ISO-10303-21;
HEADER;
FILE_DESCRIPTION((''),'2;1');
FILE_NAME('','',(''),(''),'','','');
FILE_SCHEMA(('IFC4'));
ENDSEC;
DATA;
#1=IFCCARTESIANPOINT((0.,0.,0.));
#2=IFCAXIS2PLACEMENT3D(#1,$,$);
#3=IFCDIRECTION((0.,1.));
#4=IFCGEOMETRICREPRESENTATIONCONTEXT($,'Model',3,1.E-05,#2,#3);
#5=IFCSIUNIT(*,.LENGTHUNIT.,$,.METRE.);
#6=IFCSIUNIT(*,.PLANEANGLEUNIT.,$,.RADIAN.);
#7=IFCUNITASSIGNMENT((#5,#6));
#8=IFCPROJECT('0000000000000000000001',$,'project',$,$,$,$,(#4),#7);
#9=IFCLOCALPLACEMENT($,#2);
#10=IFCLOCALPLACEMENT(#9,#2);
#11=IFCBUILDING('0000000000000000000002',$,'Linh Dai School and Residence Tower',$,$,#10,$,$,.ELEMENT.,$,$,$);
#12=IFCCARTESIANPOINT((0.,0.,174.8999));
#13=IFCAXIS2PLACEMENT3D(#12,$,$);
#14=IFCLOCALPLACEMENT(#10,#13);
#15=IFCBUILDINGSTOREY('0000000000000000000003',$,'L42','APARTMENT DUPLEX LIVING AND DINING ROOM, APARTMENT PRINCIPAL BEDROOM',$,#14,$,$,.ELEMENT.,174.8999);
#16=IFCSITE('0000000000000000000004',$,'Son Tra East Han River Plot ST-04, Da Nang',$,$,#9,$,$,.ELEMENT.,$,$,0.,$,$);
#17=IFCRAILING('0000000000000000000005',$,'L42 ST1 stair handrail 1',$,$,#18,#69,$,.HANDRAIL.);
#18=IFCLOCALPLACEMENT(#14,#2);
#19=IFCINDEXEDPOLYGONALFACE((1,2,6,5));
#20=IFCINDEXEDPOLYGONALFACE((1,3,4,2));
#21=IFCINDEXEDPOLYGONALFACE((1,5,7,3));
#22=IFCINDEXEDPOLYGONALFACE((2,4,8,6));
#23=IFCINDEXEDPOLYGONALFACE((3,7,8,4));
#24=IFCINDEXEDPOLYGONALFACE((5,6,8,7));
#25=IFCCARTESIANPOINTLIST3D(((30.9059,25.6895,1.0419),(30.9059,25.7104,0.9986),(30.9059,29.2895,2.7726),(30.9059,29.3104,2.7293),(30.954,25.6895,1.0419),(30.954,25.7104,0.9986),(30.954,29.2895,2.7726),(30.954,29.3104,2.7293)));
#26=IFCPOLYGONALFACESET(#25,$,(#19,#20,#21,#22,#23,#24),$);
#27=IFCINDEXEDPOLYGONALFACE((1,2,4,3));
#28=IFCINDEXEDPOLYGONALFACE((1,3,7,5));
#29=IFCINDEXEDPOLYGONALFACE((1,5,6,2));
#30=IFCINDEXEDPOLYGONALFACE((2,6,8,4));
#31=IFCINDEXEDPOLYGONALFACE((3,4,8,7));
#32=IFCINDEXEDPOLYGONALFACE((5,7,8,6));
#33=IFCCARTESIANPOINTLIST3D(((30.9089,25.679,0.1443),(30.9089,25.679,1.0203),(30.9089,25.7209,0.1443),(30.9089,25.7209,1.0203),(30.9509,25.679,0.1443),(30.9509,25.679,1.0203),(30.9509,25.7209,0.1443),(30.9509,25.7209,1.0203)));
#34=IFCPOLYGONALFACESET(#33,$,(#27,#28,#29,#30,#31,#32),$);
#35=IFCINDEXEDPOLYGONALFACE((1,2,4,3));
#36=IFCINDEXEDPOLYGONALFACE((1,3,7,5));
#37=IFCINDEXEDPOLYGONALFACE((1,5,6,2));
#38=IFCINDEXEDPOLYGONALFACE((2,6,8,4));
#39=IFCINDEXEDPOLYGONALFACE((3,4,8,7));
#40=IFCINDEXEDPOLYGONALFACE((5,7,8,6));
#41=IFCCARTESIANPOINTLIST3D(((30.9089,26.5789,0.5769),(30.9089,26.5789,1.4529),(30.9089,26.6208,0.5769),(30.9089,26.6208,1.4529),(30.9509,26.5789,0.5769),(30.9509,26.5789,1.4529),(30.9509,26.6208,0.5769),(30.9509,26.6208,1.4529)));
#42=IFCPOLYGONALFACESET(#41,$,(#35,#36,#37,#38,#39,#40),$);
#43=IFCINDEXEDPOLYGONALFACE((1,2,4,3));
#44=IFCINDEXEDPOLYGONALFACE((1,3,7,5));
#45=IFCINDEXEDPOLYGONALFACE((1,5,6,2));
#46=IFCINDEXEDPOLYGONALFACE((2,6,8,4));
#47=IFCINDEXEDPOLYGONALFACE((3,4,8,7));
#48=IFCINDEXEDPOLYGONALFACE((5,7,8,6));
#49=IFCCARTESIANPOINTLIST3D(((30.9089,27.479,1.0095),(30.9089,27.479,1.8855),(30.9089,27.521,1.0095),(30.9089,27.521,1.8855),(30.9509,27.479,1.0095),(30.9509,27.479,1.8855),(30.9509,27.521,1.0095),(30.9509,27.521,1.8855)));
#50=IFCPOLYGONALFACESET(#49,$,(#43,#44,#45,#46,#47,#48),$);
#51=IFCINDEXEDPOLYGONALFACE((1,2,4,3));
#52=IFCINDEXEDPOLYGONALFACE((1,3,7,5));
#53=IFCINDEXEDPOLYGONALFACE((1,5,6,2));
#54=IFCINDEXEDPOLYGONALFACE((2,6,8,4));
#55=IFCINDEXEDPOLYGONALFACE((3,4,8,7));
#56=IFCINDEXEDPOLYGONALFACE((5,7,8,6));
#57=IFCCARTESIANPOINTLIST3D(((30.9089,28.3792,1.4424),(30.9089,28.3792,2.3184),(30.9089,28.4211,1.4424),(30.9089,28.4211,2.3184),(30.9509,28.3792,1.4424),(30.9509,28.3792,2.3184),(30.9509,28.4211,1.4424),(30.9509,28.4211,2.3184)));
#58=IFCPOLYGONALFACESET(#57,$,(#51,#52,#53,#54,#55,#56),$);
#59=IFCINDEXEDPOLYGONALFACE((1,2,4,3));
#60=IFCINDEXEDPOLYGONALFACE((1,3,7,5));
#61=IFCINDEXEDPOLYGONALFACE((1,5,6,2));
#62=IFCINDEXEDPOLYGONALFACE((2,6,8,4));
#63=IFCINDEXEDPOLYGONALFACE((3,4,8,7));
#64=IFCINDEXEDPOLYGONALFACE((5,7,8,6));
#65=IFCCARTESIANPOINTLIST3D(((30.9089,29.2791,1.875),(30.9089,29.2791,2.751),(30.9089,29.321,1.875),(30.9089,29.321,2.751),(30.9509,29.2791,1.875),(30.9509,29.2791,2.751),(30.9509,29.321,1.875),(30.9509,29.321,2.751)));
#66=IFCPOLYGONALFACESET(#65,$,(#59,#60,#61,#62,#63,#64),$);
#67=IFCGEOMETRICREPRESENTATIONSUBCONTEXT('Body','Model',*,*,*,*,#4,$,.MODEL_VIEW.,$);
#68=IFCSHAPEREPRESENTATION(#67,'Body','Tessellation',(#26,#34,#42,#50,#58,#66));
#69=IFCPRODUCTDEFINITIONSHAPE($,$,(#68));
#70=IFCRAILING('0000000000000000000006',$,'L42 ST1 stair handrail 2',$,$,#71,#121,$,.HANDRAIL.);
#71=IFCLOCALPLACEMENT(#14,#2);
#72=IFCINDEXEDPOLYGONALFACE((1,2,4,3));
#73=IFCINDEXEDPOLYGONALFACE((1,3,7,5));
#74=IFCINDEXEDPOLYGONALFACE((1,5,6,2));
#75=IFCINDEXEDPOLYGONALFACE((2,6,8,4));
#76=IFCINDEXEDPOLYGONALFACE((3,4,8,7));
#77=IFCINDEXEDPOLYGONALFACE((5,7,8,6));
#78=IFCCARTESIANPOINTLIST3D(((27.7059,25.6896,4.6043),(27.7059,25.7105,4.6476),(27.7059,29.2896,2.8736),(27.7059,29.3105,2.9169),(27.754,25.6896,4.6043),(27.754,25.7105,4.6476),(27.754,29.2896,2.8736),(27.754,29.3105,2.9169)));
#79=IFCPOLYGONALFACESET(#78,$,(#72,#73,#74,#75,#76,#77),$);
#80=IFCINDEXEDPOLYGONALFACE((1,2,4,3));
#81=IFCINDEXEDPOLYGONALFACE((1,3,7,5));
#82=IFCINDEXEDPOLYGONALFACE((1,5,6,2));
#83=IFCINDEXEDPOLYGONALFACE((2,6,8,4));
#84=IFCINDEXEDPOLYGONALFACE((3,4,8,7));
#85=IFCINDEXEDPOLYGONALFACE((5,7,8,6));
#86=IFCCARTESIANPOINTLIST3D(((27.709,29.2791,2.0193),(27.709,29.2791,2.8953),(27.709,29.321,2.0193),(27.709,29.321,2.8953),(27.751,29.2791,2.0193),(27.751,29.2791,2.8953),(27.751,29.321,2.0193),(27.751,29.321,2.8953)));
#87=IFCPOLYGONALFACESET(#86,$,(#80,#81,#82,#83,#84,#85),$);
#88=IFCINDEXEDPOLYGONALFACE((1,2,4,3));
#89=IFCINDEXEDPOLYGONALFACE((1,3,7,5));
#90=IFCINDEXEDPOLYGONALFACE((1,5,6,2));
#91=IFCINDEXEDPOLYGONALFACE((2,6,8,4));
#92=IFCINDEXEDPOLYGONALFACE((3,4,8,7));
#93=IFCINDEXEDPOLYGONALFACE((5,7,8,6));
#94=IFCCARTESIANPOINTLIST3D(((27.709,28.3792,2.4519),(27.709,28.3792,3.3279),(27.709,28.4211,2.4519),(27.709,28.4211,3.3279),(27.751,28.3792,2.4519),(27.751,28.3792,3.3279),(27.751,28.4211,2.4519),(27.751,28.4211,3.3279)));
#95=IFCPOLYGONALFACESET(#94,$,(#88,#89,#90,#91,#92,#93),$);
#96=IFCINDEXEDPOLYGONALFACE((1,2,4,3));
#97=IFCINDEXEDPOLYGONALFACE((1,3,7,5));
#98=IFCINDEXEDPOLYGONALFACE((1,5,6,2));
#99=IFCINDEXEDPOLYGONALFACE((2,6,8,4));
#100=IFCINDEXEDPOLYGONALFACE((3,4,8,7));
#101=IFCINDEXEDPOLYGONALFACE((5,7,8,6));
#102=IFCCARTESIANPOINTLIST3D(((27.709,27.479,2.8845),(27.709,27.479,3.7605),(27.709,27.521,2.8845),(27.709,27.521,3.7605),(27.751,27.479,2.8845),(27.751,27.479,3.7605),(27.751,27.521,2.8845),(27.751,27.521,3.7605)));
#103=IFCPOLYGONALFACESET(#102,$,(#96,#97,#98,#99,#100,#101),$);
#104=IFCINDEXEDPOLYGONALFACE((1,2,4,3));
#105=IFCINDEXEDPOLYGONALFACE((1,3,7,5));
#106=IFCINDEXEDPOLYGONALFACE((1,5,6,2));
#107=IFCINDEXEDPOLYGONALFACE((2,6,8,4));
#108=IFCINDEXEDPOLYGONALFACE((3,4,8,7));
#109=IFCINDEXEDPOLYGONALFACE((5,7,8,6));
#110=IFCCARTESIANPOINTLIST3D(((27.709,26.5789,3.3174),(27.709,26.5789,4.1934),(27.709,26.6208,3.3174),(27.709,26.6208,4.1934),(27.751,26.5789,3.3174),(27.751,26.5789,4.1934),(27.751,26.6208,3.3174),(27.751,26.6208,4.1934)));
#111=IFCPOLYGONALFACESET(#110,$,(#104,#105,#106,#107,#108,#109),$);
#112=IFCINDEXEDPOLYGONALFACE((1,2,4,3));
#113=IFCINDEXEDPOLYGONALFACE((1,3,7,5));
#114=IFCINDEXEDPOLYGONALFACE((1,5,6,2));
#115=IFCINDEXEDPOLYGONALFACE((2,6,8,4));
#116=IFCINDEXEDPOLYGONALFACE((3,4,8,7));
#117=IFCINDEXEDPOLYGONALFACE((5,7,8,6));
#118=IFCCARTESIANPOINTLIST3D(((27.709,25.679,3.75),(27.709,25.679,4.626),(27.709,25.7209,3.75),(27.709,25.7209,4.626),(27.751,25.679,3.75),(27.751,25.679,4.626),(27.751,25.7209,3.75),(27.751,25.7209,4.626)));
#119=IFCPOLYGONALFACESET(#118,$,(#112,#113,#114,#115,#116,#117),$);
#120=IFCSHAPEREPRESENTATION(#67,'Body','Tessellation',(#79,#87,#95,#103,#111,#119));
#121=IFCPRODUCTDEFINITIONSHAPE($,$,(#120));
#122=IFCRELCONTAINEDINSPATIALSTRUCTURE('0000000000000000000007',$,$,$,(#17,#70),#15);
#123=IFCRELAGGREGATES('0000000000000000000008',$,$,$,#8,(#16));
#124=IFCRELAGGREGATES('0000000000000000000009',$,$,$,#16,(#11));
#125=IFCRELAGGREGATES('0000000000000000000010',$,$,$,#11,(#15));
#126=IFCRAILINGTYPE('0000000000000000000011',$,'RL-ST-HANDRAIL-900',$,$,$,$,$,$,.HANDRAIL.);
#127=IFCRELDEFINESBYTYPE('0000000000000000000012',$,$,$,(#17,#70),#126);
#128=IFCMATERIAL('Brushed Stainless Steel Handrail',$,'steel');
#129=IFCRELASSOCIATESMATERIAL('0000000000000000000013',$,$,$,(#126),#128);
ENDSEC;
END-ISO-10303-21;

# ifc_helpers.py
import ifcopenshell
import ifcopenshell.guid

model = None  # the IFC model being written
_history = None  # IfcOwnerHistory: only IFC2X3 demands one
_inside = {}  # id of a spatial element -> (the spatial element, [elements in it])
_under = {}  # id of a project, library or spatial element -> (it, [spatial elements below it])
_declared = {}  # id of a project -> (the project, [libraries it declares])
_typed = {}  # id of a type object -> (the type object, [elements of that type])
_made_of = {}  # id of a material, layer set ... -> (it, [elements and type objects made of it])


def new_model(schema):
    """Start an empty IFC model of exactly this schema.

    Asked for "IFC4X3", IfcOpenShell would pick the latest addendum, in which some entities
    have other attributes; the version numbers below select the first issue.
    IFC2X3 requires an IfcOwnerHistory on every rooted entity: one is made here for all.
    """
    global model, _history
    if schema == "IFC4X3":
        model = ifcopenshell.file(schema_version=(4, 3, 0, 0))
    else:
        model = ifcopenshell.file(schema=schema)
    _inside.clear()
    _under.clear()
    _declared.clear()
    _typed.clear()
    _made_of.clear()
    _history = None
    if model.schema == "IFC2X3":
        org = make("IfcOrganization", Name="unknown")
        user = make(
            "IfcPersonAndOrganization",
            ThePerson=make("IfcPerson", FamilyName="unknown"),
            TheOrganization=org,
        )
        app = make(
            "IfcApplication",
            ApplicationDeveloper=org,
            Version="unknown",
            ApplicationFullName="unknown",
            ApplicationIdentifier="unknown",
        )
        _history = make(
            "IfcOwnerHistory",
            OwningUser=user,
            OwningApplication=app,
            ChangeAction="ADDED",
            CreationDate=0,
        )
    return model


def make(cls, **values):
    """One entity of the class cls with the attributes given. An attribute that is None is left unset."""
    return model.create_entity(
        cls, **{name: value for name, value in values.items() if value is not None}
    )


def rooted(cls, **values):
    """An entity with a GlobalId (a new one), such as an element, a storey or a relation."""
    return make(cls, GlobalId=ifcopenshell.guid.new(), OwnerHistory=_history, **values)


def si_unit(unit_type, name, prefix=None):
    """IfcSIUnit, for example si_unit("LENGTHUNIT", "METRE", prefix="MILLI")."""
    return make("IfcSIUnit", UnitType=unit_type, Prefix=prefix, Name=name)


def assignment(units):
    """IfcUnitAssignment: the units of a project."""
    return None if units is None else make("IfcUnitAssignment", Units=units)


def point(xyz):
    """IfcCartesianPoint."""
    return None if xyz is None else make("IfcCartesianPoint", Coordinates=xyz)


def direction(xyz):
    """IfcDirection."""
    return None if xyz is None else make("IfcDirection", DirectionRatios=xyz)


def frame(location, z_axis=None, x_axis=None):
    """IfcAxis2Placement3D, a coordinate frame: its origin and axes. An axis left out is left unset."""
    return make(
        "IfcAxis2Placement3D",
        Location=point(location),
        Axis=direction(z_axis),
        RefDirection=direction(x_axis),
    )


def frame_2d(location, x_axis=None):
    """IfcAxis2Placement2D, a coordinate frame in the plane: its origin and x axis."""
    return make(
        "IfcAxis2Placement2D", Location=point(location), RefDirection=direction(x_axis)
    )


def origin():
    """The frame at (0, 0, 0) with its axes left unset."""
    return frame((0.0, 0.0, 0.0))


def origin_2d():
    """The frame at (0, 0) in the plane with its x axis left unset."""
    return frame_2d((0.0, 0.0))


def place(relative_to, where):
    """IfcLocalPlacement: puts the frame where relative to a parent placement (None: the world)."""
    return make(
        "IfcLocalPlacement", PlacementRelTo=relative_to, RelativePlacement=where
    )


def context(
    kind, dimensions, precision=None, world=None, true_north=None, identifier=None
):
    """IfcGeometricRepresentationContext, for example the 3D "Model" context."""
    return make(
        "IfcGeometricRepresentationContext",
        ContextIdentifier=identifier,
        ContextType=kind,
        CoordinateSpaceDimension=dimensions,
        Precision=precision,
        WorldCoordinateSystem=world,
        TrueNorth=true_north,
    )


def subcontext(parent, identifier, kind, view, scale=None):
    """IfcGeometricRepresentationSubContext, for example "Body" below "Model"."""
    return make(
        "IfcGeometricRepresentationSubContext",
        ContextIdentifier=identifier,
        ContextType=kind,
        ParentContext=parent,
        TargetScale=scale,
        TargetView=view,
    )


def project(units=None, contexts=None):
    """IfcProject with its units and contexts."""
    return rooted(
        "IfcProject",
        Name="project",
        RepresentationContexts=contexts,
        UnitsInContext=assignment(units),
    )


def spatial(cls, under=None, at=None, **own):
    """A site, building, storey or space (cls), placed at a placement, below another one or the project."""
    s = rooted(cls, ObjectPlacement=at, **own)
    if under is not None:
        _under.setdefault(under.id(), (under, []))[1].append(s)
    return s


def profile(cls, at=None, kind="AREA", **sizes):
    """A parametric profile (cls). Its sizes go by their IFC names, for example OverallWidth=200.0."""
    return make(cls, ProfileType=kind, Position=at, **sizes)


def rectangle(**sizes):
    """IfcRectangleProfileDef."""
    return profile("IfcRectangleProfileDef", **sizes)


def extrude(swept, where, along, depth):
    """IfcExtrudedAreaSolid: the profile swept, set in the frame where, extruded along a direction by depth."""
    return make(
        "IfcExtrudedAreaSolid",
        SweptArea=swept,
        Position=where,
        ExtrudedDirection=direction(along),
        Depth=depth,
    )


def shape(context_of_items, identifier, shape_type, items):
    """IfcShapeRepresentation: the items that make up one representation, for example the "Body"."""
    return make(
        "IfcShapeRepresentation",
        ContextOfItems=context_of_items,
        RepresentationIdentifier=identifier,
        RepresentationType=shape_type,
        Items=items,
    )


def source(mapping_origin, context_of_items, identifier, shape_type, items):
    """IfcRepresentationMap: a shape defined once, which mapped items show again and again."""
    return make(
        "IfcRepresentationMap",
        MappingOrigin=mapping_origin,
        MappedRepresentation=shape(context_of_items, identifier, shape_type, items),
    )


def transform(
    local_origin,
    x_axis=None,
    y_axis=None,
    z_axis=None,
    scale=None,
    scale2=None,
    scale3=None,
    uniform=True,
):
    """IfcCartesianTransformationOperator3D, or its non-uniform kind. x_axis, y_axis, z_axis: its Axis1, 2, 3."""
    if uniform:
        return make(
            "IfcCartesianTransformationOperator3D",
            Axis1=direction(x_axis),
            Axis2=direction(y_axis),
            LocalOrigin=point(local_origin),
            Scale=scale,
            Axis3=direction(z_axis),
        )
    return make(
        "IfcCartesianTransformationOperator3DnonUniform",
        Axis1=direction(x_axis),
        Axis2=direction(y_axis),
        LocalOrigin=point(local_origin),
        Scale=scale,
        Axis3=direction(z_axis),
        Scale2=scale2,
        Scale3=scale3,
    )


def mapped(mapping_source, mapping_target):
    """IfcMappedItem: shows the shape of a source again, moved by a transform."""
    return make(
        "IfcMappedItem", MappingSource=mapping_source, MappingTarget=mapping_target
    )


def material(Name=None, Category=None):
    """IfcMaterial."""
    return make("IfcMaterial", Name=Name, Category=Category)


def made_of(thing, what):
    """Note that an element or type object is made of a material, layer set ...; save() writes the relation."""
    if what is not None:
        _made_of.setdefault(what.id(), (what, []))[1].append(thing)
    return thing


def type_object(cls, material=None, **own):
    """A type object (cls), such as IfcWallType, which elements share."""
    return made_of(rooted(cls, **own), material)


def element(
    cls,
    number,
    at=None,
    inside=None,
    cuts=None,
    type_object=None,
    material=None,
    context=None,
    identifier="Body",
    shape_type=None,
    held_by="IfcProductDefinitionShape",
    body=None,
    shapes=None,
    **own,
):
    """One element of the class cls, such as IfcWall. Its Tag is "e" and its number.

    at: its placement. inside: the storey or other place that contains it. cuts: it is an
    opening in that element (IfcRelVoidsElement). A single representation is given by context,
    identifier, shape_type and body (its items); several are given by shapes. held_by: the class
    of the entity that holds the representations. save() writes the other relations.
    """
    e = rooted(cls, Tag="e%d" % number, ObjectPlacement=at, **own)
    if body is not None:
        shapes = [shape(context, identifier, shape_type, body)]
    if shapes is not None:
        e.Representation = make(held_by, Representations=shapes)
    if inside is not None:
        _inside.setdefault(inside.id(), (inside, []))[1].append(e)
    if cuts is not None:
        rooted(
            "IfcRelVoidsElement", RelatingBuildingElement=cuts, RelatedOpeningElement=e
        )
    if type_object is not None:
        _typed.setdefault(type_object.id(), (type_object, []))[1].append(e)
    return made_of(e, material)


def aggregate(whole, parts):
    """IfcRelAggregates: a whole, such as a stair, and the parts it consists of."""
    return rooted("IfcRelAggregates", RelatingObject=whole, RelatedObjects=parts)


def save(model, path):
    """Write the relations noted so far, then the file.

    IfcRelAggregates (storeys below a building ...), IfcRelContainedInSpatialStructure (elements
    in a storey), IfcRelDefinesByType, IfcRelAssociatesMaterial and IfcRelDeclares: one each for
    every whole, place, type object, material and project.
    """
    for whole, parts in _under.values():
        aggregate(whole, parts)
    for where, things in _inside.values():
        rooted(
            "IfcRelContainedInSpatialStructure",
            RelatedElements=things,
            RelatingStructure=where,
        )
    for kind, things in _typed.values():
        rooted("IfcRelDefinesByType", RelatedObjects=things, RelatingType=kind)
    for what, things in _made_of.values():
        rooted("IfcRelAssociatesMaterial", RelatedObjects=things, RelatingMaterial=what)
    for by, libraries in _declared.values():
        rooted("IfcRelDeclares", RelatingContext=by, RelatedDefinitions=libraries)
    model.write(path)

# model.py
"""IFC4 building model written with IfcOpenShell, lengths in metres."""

from ifc_helpers import new_model, si_unit, direction, frame, origin, origin_2d, place, context, subcontext, project, spatial, rectangle, extrude, source, transform, mapped, material, type_object, element, save


model = new_model("IFC4")

# Units and contexts
model_context = context("Model", 3, precision=1e-05, world=origin(), true_north=direction((0.0, 1.0)))
body_context = subcontext(model_context, "Body", "Model", "MODEL_VIEW")
ifc_project = project(units=[si_unit("LENGTHUNIT", "METRE"), si_unit("PLANEANGLEUNIT", "RADIAN")], contexts=[model_context])

# Site, building, storey
site_placement = place(None, origin())
site = spatial("IfcSite", under=ifc_project, at=site_placement, Name="Son Tra East Han River Plot ST-04, Da Nang", CompositionType="ELEMENT", RefElevation=0.0)
building_placement = place(site_placement, origin())
building = spatial("IfcBuilding", under=site, at=building_placement, Name="Linh Dai School and Residence Tower", CompositionType="ELEMENT")
storey_placement = place(building_placement, frame((0.0, 0.0, 174.8999)))
storey = spatial("IfcBuildingStorey", under=building, at=storey_placement, Name="L42", Description="APARTMENT DUPLEX LIVING AND DINING ROOM, APARTMENT PRINCIPAL BEDROOM", CompositionType="ELEMENT", Elevation=174.8999)

# Railings
ifc_material_1 = material(Name="Brushed Stainless Steel Handrail", Category="steel")
railing_type_1 = type_object("IfcRailingType", Name="RL-ST-HANDRAIL-900", PredefinedType="HANDRAIL", material=ifc_material_1)
shared_shape_1 = source(origin(), body_context, "Body", "SweptSolid", [
    extrude(rectangle(XDim=0.0481, YDim=0.0481, at=origin_2d()), frame((0.0, 0.0, 0.876), z_axis=(0.0, 0.901263, 0.433273), x_axis=(-1.0, 0.0, 0.0)), (0.0, 0.0, 1.0), 3.9944),
    extrude(rectangle(XDim=0.042, YDim=0.042, at=origin_2d()), origin(), (0.0, 0.0, 1.0), 0.876),
    extrude(rectangle(XDim=0.042, YDim=0.042, at=origin_2d()), frame((0.0, 0.8999, 0.4326)), (0.0, 0.0, 1.0), 0.876),
    extrude(rectangle(XDim=0.042, YDim=0.042, at=origin_2d()), frame((0.0, 1.8, 0.8652)), (0.0, 0.0, 1.0), 0.876),
    extrude(rectangle(XDim=0.042, YDim=0.042, at=origin_2d()), frame((0.0, 2.7002, 1.2981)), (0.0, 0.0, 1.0), 0.876),
    extrude(rectangle(XDim=0.042, YDim=0.042, at=origin_2d()), frame((0.0, 3.6001, 1.7307)), (0.0, 0.0, 1.0), 0.876),
])
railing_1_placement = place(storey_placement, frame((30.9299, 25.7, 0.1443)))
element("IfcRailing", 1, at=railing_1_placement, inside=storey, type_object=railing_type_1, Name="L42 ST1 stair handrail 1", PredefinedType="HANDRAIL", context=body_context, shape_type="MappedRepresentation", body=[
    mapped(shared_shape_1, transform((0.0, 0.0, 0.0), x_axis=(1.0, 0.0, 0.0), y_axis=(0.0, 1.0, 0.0), z_axis=(0.0, 0.0, 1.0), scale=1.0)),
])
shared_shape_2 = source(origin(), body_context, "Body", "SweptSolid", [
    extrude(rectangle(XDim=0.0481, YDim=0.0481, at=origin_2d()), frame((0.0, 0.0, 0.876), z_axis=(0.0, -0.901263, 0.433273), x_axis=(1.0, 0.0, 0.0)), (0.0, 0.0, 1.0), 3.9944),
    extrude(rectangle(XDim=0.042, YDim=0.042, at=origin_2d()), origin(), (0.0, 0.0, 1.0), 0.876),
    extrude(rectangle(XDim=0.042, YDim=0.042, at=origin_2d()), frame((0.0, -0.8999, 0.4326)), (0.0, 0.0, 1.0), 0.876),
    extrude(rectangle(XDim=0.042, YDim=0.042, at=origin_2d()), frame((0.0, -1.8, 0.8652)), (0.0, 0.0, 1.0), 0.876),
    extrude(rectangle(XDim=0.042, YDim=0.042, at=origin_2d()), frame((0.0, -2.7002, 1.2981)), (0.0, 0.0, 1.0), 0.876),
    extrude(rectangle(XDim=0.042, YDim=0.042, at=origin_2d()), frame((0.0, -3.6001, 1.7307)), (0.0, 0.0, 1.0), 0.876),
])
railing_2_placement = place(storey_placement, frame((27.73, 29.3, 2.0193)))
element("IfcRailing", 2, at=railing_2_placement, inside=storey, type_object=railing_type_1, Name="L42 ST1 stair handrail 2", PredefinedType="HANDRAIL", context=body_context, shape_type="MappedRepresentation", body=[
    mapped(shared_shape_2, transform((0.0, 0.0, 0.0), x_axis=(1.0, 0.0, 0.0), y_axis=(0.0, 1.0, 0.0), z_axis=(0.0, 0.0, 1.0), scale=1.0)),
])

save(model, "model.ifc")
